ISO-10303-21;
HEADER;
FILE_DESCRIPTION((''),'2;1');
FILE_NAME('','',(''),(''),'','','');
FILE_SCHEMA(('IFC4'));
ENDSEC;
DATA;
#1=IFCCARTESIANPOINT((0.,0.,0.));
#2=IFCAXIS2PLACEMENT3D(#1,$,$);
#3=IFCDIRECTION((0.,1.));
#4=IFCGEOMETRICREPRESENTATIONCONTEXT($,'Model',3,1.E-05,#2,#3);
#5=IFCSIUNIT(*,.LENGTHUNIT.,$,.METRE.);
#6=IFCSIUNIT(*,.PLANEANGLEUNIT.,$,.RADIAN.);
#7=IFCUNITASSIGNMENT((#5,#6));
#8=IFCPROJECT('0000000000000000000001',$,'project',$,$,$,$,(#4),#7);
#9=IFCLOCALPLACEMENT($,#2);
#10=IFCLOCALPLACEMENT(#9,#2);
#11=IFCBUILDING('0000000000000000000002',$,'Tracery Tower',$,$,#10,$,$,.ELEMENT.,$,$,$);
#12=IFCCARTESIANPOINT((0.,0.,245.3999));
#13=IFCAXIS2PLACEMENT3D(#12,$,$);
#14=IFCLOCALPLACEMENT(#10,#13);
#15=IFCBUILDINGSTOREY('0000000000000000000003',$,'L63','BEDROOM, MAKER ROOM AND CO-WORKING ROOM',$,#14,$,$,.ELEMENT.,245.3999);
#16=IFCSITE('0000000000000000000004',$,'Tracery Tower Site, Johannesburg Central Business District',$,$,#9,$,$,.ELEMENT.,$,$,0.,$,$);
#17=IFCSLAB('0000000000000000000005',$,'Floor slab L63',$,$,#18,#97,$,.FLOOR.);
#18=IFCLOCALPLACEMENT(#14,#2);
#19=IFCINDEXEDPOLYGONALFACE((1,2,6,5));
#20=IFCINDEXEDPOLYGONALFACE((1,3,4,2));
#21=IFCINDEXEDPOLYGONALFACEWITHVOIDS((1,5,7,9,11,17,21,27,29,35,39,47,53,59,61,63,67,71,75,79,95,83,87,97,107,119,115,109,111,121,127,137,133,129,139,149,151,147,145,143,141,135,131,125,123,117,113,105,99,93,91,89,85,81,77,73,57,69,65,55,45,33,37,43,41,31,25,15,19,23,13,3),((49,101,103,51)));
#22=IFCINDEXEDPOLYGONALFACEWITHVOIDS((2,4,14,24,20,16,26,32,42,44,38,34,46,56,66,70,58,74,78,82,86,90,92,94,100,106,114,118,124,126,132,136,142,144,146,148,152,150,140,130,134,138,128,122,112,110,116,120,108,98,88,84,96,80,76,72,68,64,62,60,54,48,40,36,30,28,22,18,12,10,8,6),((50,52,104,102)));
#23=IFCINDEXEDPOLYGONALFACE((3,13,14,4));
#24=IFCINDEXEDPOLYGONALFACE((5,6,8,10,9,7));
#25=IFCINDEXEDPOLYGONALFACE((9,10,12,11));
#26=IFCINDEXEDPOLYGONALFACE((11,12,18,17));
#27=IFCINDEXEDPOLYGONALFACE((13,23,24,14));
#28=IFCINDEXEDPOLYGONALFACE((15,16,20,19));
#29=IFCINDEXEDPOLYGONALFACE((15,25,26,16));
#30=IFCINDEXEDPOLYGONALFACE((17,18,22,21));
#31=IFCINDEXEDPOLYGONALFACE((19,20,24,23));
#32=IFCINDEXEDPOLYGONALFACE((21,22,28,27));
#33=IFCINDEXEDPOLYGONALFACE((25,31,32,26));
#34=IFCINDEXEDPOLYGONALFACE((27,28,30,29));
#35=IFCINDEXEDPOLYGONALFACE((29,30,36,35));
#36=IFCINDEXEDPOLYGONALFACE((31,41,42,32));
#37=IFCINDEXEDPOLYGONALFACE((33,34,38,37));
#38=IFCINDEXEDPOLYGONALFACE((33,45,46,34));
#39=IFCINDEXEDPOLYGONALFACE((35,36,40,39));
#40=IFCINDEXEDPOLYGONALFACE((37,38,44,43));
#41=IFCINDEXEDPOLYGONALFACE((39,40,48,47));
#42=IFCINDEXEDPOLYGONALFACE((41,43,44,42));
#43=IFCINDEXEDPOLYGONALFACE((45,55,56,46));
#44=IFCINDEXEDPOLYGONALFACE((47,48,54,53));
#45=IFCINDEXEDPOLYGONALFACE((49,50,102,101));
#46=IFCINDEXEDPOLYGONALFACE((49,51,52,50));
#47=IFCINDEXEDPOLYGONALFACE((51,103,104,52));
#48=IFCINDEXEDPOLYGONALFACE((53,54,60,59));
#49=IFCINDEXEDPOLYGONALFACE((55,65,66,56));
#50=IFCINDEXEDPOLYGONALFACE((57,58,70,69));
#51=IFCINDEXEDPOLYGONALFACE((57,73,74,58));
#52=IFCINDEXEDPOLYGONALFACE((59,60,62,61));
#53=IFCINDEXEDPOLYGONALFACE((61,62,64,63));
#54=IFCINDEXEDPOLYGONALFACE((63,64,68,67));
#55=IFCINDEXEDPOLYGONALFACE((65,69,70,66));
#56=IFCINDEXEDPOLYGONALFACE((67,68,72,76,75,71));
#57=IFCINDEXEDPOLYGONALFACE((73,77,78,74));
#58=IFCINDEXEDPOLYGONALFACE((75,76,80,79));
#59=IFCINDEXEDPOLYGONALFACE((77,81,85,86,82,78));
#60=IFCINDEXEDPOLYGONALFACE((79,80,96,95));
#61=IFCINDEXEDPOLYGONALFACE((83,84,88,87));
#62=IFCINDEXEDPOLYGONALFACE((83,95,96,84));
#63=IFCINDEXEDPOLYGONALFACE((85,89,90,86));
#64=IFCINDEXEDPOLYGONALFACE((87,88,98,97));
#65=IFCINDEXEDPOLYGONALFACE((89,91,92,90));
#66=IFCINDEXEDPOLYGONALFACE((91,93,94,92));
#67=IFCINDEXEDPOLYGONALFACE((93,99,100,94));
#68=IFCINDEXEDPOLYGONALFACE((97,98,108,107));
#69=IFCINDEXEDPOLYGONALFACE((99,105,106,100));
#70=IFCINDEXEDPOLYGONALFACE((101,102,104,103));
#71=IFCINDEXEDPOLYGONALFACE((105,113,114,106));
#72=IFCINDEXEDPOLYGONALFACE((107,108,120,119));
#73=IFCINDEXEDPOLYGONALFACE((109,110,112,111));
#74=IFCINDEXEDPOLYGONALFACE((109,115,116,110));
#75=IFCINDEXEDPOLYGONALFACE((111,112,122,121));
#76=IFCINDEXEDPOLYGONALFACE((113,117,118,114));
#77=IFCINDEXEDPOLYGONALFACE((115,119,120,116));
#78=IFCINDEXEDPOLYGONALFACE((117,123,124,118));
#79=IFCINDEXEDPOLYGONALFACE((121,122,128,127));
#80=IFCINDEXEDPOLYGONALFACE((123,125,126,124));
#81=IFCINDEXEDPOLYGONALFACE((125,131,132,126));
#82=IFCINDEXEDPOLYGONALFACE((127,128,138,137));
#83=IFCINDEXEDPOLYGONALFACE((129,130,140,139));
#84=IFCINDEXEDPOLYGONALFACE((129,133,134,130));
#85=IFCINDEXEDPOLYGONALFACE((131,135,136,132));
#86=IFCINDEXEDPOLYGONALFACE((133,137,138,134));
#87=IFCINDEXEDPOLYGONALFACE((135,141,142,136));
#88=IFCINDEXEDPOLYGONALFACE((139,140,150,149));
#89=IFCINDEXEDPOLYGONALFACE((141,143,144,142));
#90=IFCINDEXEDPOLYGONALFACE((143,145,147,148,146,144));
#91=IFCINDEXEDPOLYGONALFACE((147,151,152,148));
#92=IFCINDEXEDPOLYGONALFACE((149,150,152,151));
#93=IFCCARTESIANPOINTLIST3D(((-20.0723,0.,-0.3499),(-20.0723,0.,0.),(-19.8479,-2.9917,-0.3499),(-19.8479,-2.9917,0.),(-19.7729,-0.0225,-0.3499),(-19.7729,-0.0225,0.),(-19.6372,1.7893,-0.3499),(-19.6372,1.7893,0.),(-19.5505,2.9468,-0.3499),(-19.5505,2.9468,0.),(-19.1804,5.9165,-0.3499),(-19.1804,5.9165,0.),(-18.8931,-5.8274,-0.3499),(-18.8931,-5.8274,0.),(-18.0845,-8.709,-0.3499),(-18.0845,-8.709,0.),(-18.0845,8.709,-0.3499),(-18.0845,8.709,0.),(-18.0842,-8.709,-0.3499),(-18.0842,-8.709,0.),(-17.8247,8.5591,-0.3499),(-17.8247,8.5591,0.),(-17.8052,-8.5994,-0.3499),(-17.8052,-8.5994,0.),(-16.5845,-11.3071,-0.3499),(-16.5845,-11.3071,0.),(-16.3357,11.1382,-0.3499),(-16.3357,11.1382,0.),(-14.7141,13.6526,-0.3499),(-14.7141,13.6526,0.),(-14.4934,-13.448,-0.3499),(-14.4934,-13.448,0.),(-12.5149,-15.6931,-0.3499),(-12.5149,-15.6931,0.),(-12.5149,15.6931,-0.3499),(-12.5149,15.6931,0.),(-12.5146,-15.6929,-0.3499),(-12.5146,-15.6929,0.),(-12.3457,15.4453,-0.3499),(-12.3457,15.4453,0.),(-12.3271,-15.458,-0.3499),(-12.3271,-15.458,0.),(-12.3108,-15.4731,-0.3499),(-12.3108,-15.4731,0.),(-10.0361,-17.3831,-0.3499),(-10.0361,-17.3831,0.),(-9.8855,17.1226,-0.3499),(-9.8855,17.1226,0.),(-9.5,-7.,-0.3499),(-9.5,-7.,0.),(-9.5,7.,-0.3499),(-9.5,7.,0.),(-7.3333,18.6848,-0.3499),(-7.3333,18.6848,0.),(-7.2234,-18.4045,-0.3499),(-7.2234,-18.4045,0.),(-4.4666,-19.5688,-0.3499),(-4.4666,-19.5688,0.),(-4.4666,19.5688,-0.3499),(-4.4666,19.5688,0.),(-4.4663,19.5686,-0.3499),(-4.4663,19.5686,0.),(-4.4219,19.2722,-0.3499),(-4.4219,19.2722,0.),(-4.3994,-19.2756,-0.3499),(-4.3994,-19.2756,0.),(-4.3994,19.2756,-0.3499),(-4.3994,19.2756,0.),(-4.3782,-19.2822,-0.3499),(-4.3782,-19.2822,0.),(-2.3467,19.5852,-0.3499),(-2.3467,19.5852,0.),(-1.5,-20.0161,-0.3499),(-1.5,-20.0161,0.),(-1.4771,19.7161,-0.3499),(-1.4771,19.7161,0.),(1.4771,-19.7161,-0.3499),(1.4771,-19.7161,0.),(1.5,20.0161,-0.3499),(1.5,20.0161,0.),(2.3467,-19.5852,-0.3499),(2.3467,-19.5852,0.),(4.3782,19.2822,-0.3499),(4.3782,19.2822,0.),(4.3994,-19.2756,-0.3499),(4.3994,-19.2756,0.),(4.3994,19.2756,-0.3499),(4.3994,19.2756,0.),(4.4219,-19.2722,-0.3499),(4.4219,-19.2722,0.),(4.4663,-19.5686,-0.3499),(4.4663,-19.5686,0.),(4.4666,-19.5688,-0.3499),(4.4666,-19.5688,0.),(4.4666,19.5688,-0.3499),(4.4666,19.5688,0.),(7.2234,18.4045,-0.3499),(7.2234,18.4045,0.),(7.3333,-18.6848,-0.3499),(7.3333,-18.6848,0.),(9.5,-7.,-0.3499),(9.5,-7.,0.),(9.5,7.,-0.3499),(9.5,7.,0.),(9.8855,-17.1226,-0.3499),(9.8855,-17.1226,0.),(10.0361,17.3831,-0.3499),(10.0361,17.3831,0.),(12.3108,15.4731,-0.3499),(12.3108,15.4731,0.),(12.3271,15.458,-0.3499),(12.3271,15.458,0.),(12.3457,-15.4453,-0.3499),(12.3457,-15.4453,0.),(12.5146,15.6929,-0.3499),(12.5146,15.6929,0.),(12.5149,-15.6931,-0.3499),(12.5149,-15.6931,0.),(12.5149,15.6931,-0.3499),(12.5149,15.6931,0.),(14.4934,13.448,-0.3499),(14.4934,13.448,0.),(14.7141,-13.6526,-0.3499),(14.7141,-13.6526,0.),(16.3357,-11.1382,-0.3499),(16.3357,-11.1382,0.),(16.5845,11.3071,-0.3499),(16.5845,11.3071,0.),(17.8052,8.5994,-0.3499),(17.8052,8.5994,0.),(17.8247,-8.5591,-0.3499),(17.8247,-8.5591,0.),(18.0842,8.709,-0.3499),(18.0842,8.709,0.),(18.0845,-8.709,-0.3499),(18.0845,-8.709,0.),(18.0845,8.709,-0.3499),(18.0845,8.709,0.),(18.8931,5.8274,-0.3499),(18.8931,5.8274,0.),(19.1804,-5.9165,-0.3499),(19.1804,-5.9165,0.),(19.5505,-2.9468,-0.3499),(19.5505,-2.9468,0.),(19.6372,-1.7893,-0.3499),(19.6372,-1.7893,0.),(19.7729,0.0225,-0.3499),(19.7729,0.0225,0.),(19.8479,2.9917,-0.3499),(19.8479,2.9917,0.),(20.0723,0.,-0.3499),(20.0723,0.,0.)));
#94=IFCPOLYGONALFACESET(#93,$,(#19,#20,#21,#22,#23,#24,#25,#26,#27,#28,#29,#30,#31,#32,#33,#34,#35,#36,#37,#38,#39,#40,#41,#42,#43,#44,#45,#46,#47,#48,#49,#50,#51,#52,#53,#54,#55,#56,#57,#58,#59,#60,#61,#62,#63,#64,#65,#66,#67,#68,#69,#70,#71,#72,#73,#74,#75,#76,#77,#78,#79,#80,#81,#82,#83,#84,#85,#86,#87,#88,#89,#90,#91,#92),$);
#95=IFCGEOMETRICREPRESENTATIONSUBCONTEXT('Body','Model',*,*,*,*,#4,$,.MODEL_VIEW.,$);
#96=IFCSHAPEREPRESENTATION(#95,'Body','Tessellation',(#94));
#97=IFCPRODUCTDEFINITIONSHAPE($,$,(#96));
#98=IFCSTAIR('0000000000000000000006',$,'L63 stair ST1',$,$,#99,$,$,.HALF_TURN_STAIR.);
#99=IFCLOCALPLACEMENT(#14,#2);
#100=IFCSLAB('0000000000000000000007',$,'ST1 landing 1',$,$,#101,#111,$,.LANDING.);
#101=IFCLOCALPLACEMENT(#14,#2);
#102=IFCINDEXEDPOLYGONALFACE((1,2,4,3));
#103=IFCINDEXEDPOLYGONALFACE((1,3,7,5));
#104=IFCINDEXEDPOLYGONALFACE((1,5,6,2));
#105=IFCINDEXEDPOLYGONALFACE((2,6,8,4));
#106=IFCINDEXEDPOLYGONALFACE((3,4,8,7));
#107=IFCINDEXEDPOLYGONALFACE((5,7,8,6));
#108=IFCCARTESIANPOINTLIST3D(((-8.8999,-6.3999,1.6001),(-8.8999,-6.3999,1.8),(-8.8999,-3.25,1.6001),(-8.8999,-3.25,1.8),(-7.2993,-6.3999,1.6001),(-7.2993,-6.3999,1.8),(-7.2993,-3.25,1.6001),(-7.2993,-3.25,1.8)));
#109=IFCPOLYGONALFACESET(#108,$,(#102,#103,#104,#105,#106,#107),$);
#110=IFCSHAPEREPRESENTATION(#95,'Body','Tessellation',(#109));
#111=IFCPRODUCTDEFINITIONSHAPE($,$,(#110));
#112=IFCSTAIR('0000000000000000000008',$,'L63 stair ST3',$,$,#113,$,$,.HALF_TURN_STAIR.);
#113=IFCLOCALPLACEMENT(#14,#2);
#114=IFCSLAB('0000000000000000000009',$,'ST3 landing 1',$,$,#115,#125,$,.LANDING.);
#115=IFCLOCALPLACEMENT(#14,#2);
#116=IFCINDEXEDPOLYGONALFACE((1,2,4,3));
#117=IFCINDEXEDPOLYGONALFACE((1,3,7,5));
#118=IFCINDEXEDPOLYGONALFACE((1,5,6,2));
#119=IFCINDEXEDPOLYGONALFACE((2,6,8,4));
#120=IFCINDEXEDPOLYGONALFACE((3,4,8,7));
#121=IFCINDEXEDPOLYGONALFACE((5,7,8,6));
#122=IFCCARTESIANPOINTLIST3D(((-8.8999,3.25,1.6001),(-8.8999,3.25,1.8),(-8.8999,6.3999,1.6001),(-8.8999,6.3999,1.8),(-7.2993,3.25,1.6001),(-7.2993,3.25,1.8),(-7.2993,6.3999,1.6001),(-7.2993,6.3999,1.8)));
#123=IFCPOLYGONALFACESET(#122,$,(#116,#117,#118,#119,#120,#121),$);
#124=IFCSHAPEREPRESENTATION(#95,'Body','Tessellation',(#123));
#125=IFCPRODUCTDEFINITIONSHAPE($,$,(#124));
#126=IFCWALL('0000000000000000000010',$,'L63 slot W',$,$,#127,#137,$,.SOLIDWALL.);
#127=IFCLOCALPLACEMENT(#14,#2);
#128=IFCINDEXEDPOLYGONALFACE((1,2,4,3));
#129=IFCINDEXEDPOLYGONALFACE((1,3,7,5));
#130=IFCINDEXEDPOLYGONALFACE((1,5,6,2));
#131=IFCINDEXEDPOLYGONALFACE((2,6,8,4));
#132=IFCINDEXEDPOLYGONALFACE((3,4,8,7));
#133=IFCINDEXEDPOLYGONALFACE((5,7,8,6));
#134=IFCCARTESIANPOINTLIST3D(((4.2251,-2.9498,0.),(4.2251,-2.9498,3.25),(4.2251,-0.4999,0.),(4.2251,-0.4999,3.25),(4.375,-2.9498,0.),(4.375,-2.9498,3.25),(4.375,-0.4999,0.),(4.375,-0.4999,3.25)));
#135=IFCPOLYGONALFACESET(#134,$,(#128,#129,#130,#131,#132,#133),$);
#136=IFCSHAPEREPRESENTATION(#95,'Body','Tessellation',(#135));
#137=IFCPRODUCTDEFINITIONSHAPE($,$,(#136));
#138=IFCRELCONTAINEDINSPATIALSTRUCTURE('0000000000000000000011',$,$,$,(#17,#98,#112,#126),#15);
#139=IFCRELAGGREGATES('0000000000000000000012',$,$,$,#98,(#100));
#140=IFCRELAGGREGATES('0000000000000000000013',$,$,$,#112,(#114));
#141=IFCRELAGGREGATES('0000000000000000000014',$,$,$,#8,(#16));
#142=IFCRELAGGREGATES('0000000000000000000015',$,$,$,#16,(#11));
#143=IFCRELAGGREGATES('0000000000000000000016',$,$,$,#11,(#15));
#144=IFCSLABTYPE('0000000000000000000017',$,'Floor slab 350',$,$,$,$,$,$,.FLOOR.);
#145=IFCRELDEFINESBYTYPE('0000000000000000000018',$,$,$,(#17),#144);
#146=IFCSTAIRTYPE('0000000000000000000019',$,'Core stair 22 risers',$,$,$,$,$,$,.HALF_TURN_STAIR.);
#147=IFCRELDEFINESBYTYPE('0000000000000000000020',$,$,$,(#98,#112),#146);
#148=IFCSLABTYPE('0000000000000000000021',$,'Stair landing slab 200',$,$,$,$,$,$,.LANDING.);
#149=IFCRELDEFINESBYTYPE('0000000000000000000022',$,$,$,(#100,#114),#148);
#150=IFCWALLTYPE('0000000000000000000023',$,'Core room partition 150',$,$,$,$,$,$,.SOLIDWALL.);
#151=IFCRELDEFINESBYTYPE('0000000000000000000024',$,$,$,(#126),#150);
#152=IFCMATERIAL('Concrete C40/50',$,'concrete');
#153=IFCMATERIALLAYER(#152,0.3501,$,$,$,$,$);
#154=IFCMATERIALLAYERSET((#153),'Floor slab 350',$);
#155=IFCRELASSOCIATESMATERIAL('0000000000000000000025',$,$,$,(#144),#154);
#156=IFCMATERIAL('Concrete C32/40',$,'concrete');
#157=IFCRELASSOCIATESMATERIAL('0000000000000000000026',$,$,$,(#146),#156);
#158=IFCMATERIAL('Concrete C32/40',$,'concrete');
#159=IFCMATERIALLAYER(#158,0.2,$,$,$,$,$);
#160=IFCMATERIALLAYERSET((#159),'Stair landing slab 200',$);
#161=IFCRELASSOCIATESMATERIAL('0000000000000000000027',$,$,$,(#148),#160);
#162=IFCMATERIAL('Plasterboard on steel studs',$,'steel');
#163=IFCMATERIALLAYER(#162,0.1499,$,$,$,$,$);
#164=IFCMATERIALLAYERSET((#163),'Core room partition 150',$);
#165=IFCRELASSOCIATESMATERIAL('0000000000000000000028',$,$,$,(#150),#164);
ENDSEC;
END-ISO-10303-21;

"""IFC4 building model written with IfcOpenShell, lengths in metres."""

from ifc_helpers import new_model, si_unit, direction, frame, frame_2d, origin, place, context, subcontext, project, spatial, polyline, rectangle, outline, extrude, material, layer, layer_set, type_object, element, aggregate, save


model = new_model("IFC4")

# Units and contexts
model_context = context("Model", 3, precision=1e-05, world=origin(), true_north=direction((0.0, 1.0)))
body_context = subcontext(model_context, "Body", "Model", "MODEL_VIEW")
ifc_project = project(units=[si_unit("LENGTHUNIT", "METRE"), si_unit("PLANEANGLEUNIT", "RADIAN")], contexts=[model_context])

# Site, building, storey
site_placement = place(None, origin())
site = spatial("IfcSite", under=ifc_project, at=site_placement, Name="Tracery Tower Site, Johannesburg Central Business District", CompositionType="ELEMENT", RefElevation=0.0)
building_placement = place(site_placement, origin())
building = spatial("IfcBuilding", under=site, at=building_placement, Name="Tracery Tower", CompositionType="ELEMENT")
storey_placement = place(building_placement, frame((0.0, 0.0, 245.3999)))
storey = spatial("IfcBuildingStorey", under=building, at=storey_placement, Name="L63", Description="BEDROOM, MAKER ROOM AND CO-WORKING ROOM", CompositionType="ELEMENT", Elevation=245.3999)

# Slab
ifc_material_1 = material(Name="Concrete C40/50", Category="concrete")
ifc_layer_1 = layer(ifc_material_1, 0.3501)
ifc_layer_set_1 = layer_set([ifc_layer_1], Name="Floor slab 350")
slab_type_1 = type_object("IfcSlabType", Name="Floor slab 350", PredefinedType="FLOOR", material=ifc_layer_set_1)
slab_1_placement = place(storey_placement, frame((0.0, 0.0, -0.3499)))
element("IfcSlab", 1, at=slab_1_placement, inside=storey, type_object=slab_type_1, Name="Floor slab L63", PredefinedType="FLOOR", context=body_context, shape_type="SweptSolid", body=[
    extrude(outline(polyline([(18.8931, 5.8274), (17.8052, 8.5994), (18.0842, 8.709), (18.0845, 8.709), (16.5845, 11.3071), (14.4934, 13.448), (12.3271, 15.458), (12.3271, 15.458), (12.3108, 15.4731), (12.5146, 15.6929), (12.5149, 15.6931), (10.0361, 17.3831), (7.2234, 18.4045), (4.3994, 19.2756), (4.3994, 19.2756), (4.3782, 19.2822), (4.4666, 19.5688), (1.5, 20.0161), (-1.4771, 19.7161), (-2.3467, 19.5852), (-4.3994, 19.2756), (-4.3994, 19.2756), (-4.4219, 19.2722), (-4.4663, 19.5686), (-4.4666, 19.5688), (-7.3333, 18.6848), (-9.8855, 17.1226), (-12.3457, 15.4453), (-12.5149, 15.6931), (-14.7141, 13.6526), (-16.3357, 11.1382), (-17.8247, 8.5591), (-18.0845, 8.709), (-19.1804, 5.9165), (-19.5505, 2.9468), (-19.6372, 1.7893), (-19.7729, -0.0225), (-20.0723, 0.0), (-20.0723, 0.0), (-19.8479, -2.9917), (-18.8931, -5.8274), (-17.8052, -8.5994), (-18.0842, -8.709), (-18.0845, -8.709), (-16.5845, -11.3071), (-14.4934, -13.448), (-12.3271, -15.458), (-12.3271, -15.458), (-12.3108, -15.4731), (-12.5146, -15.6929), (-12.5149, -15.6931), (-10.0361, -17.3831), (-7.2234, -18.4045), (-4.3994, -19.2756), (-4.3994, -19.2756), (-4.3782, -19.2822), (-4.4666, -19.5688), (-1.5, -20.0161), (1.4771, -19.7161), (2.3467, -19.5852), (4.3994, -19.2756), (4.3994, -19.2756), (4.4219, -19.2722), (4.4663, -19.5686), (4.4666, -19.5688), (7.3333, -18.6848), (9.8855, -17.1226), (12.3457, -15.4453), (12.5149, -15.6931), (14.7141, -13.6526), (16.3357, -11.1382), (17.8247, -8.5591), (18.0845, -8.709), (19.1804, -5.9165), (19.5505, -2.9468), (19.6372, -1.7893), (19.7729, 0.0225), (20.0723, 0.0), (19.8479, 2.9917), (18.8931, 5.8274)]), holes=[polyline([(-9.5, -7.0), (9.5, -7.0), (9.5, 7.0), (-9.5, 7.0), (-9.5, -7.0)])]), origin(), (0.0, 0.0, 1.0), 0.3499),
])

# Stairs, slabs
ifc_material_2 = material(Name="Concrete C32/40", Category="concrete")
stair_type = type_object("IfcStairType", Name="Core stair 22 risers", PredefinedType="HALF_TURN_STAIR", material=ifc_material_2)
stair_1_placement = place(storey_placement, origin())
stair_1 = element("IfcStair", 2, at=stair_1_placement, inside=storey, type_object=stair_type, Name="L63 stair ST1", PredefinedType="HALF_TURN_STAIR")
ifc_material_3 = material(Name="Concrete C32/40", Category="concrete")
ifc_layer_2 = layer(ifc_material_3, 0.2)
ifc_layer_set_2 = layer_set([ifc_layer_2], Name="Stair landing slab 200")
slab_type_2 = type_object("IfcSlabType", Name="Stair landing slab 200", PredefinedType="LANDING", material=ifc_layer_set_2)
slab_2_placement = place(storey_placement, frame((0.0, 0.0, 1.6001)))
slab_2 = element("IfcSlab", 3, at=slab_2_placement, type_object=slab_type_2, Name="ST1 landing 1", PredefinedType="LANDING", context=body_context, shape_type="SweptSolid", body=[
    extrude(outline(polyline([(-7.2993, -3.25), (-8.8999, -3.25), (-8.8999, -6.3999), (-7.2993, -6.3999), (-7.2993, -3.25)])), origin(), (0.0, 0.0, 1.0), 0.2),
])
aggregate(stair_1, [slab_2])
stair_2_placement = place(storey_placement, origin())
stair_2 = element("IfcStair", 4, at=stair_2_placement, inside=storey, type_object=stair_type, Name="L63 stair ST3", PredefinedType="HALF_TURN_STAIR")
slab_3_placement = place(storey_placement, frame((0.0, 0.0, 1.6001)))
slab_3 = element("IfcSlab", 5, at=slab_3_placement, type_object=slab_type_2, Name="ST3 landing 1", PredefinedType="LANDING", context=body_context, shape_type="SweptSolid", body=[
    extrude(outline(polyline([(-7.2993, 6.3999), (-8.8999, 6.3999), (-8.8999, 3.25), (-7.2993, 3.25), (-7.2993, 6.3999)])), origin(), (0.0, 0.0, 1.0), 0.2),
])
aggregate(stair_2, [slab_3])

# Wall
ifc_material_4 = material(Name="Plasterboard on steel studs", Category="steel")
ifc_layer_3 = layer(ifc_material_4, 0.1499)
ifc_layer_set_3 = layer_set([ifc_layer_3], Name="Core room partition 150")
wall_type_1 = type_object("IfcWallType", Name="Core room partition 150", PredefinedType="SOLIDWALL", material=ifc_layer_set_3)
wall_1_placement = place(storey_placement, frame((4.3, -2.95, 0.0), z_axis=(0.0, 0.0, 1.0), x_axis=(0.0, 1.0, 0.0)))
element("IfcWall", 6, at=wall_1_placement, inside=storey, type_object=wall_type_1, Name="L63 slot W", PredefinedType="SOLIDWALL", context=body_context, shape_type="SweptSolid", body=[
    extrude(rectangle(XDim=2.45, YDim=0.1499, at=frame_2d((1.2251, 0.0))), origin(), (0.0, 0.0, 1.0), 3.25),
])

save(model, "model.ifc")
